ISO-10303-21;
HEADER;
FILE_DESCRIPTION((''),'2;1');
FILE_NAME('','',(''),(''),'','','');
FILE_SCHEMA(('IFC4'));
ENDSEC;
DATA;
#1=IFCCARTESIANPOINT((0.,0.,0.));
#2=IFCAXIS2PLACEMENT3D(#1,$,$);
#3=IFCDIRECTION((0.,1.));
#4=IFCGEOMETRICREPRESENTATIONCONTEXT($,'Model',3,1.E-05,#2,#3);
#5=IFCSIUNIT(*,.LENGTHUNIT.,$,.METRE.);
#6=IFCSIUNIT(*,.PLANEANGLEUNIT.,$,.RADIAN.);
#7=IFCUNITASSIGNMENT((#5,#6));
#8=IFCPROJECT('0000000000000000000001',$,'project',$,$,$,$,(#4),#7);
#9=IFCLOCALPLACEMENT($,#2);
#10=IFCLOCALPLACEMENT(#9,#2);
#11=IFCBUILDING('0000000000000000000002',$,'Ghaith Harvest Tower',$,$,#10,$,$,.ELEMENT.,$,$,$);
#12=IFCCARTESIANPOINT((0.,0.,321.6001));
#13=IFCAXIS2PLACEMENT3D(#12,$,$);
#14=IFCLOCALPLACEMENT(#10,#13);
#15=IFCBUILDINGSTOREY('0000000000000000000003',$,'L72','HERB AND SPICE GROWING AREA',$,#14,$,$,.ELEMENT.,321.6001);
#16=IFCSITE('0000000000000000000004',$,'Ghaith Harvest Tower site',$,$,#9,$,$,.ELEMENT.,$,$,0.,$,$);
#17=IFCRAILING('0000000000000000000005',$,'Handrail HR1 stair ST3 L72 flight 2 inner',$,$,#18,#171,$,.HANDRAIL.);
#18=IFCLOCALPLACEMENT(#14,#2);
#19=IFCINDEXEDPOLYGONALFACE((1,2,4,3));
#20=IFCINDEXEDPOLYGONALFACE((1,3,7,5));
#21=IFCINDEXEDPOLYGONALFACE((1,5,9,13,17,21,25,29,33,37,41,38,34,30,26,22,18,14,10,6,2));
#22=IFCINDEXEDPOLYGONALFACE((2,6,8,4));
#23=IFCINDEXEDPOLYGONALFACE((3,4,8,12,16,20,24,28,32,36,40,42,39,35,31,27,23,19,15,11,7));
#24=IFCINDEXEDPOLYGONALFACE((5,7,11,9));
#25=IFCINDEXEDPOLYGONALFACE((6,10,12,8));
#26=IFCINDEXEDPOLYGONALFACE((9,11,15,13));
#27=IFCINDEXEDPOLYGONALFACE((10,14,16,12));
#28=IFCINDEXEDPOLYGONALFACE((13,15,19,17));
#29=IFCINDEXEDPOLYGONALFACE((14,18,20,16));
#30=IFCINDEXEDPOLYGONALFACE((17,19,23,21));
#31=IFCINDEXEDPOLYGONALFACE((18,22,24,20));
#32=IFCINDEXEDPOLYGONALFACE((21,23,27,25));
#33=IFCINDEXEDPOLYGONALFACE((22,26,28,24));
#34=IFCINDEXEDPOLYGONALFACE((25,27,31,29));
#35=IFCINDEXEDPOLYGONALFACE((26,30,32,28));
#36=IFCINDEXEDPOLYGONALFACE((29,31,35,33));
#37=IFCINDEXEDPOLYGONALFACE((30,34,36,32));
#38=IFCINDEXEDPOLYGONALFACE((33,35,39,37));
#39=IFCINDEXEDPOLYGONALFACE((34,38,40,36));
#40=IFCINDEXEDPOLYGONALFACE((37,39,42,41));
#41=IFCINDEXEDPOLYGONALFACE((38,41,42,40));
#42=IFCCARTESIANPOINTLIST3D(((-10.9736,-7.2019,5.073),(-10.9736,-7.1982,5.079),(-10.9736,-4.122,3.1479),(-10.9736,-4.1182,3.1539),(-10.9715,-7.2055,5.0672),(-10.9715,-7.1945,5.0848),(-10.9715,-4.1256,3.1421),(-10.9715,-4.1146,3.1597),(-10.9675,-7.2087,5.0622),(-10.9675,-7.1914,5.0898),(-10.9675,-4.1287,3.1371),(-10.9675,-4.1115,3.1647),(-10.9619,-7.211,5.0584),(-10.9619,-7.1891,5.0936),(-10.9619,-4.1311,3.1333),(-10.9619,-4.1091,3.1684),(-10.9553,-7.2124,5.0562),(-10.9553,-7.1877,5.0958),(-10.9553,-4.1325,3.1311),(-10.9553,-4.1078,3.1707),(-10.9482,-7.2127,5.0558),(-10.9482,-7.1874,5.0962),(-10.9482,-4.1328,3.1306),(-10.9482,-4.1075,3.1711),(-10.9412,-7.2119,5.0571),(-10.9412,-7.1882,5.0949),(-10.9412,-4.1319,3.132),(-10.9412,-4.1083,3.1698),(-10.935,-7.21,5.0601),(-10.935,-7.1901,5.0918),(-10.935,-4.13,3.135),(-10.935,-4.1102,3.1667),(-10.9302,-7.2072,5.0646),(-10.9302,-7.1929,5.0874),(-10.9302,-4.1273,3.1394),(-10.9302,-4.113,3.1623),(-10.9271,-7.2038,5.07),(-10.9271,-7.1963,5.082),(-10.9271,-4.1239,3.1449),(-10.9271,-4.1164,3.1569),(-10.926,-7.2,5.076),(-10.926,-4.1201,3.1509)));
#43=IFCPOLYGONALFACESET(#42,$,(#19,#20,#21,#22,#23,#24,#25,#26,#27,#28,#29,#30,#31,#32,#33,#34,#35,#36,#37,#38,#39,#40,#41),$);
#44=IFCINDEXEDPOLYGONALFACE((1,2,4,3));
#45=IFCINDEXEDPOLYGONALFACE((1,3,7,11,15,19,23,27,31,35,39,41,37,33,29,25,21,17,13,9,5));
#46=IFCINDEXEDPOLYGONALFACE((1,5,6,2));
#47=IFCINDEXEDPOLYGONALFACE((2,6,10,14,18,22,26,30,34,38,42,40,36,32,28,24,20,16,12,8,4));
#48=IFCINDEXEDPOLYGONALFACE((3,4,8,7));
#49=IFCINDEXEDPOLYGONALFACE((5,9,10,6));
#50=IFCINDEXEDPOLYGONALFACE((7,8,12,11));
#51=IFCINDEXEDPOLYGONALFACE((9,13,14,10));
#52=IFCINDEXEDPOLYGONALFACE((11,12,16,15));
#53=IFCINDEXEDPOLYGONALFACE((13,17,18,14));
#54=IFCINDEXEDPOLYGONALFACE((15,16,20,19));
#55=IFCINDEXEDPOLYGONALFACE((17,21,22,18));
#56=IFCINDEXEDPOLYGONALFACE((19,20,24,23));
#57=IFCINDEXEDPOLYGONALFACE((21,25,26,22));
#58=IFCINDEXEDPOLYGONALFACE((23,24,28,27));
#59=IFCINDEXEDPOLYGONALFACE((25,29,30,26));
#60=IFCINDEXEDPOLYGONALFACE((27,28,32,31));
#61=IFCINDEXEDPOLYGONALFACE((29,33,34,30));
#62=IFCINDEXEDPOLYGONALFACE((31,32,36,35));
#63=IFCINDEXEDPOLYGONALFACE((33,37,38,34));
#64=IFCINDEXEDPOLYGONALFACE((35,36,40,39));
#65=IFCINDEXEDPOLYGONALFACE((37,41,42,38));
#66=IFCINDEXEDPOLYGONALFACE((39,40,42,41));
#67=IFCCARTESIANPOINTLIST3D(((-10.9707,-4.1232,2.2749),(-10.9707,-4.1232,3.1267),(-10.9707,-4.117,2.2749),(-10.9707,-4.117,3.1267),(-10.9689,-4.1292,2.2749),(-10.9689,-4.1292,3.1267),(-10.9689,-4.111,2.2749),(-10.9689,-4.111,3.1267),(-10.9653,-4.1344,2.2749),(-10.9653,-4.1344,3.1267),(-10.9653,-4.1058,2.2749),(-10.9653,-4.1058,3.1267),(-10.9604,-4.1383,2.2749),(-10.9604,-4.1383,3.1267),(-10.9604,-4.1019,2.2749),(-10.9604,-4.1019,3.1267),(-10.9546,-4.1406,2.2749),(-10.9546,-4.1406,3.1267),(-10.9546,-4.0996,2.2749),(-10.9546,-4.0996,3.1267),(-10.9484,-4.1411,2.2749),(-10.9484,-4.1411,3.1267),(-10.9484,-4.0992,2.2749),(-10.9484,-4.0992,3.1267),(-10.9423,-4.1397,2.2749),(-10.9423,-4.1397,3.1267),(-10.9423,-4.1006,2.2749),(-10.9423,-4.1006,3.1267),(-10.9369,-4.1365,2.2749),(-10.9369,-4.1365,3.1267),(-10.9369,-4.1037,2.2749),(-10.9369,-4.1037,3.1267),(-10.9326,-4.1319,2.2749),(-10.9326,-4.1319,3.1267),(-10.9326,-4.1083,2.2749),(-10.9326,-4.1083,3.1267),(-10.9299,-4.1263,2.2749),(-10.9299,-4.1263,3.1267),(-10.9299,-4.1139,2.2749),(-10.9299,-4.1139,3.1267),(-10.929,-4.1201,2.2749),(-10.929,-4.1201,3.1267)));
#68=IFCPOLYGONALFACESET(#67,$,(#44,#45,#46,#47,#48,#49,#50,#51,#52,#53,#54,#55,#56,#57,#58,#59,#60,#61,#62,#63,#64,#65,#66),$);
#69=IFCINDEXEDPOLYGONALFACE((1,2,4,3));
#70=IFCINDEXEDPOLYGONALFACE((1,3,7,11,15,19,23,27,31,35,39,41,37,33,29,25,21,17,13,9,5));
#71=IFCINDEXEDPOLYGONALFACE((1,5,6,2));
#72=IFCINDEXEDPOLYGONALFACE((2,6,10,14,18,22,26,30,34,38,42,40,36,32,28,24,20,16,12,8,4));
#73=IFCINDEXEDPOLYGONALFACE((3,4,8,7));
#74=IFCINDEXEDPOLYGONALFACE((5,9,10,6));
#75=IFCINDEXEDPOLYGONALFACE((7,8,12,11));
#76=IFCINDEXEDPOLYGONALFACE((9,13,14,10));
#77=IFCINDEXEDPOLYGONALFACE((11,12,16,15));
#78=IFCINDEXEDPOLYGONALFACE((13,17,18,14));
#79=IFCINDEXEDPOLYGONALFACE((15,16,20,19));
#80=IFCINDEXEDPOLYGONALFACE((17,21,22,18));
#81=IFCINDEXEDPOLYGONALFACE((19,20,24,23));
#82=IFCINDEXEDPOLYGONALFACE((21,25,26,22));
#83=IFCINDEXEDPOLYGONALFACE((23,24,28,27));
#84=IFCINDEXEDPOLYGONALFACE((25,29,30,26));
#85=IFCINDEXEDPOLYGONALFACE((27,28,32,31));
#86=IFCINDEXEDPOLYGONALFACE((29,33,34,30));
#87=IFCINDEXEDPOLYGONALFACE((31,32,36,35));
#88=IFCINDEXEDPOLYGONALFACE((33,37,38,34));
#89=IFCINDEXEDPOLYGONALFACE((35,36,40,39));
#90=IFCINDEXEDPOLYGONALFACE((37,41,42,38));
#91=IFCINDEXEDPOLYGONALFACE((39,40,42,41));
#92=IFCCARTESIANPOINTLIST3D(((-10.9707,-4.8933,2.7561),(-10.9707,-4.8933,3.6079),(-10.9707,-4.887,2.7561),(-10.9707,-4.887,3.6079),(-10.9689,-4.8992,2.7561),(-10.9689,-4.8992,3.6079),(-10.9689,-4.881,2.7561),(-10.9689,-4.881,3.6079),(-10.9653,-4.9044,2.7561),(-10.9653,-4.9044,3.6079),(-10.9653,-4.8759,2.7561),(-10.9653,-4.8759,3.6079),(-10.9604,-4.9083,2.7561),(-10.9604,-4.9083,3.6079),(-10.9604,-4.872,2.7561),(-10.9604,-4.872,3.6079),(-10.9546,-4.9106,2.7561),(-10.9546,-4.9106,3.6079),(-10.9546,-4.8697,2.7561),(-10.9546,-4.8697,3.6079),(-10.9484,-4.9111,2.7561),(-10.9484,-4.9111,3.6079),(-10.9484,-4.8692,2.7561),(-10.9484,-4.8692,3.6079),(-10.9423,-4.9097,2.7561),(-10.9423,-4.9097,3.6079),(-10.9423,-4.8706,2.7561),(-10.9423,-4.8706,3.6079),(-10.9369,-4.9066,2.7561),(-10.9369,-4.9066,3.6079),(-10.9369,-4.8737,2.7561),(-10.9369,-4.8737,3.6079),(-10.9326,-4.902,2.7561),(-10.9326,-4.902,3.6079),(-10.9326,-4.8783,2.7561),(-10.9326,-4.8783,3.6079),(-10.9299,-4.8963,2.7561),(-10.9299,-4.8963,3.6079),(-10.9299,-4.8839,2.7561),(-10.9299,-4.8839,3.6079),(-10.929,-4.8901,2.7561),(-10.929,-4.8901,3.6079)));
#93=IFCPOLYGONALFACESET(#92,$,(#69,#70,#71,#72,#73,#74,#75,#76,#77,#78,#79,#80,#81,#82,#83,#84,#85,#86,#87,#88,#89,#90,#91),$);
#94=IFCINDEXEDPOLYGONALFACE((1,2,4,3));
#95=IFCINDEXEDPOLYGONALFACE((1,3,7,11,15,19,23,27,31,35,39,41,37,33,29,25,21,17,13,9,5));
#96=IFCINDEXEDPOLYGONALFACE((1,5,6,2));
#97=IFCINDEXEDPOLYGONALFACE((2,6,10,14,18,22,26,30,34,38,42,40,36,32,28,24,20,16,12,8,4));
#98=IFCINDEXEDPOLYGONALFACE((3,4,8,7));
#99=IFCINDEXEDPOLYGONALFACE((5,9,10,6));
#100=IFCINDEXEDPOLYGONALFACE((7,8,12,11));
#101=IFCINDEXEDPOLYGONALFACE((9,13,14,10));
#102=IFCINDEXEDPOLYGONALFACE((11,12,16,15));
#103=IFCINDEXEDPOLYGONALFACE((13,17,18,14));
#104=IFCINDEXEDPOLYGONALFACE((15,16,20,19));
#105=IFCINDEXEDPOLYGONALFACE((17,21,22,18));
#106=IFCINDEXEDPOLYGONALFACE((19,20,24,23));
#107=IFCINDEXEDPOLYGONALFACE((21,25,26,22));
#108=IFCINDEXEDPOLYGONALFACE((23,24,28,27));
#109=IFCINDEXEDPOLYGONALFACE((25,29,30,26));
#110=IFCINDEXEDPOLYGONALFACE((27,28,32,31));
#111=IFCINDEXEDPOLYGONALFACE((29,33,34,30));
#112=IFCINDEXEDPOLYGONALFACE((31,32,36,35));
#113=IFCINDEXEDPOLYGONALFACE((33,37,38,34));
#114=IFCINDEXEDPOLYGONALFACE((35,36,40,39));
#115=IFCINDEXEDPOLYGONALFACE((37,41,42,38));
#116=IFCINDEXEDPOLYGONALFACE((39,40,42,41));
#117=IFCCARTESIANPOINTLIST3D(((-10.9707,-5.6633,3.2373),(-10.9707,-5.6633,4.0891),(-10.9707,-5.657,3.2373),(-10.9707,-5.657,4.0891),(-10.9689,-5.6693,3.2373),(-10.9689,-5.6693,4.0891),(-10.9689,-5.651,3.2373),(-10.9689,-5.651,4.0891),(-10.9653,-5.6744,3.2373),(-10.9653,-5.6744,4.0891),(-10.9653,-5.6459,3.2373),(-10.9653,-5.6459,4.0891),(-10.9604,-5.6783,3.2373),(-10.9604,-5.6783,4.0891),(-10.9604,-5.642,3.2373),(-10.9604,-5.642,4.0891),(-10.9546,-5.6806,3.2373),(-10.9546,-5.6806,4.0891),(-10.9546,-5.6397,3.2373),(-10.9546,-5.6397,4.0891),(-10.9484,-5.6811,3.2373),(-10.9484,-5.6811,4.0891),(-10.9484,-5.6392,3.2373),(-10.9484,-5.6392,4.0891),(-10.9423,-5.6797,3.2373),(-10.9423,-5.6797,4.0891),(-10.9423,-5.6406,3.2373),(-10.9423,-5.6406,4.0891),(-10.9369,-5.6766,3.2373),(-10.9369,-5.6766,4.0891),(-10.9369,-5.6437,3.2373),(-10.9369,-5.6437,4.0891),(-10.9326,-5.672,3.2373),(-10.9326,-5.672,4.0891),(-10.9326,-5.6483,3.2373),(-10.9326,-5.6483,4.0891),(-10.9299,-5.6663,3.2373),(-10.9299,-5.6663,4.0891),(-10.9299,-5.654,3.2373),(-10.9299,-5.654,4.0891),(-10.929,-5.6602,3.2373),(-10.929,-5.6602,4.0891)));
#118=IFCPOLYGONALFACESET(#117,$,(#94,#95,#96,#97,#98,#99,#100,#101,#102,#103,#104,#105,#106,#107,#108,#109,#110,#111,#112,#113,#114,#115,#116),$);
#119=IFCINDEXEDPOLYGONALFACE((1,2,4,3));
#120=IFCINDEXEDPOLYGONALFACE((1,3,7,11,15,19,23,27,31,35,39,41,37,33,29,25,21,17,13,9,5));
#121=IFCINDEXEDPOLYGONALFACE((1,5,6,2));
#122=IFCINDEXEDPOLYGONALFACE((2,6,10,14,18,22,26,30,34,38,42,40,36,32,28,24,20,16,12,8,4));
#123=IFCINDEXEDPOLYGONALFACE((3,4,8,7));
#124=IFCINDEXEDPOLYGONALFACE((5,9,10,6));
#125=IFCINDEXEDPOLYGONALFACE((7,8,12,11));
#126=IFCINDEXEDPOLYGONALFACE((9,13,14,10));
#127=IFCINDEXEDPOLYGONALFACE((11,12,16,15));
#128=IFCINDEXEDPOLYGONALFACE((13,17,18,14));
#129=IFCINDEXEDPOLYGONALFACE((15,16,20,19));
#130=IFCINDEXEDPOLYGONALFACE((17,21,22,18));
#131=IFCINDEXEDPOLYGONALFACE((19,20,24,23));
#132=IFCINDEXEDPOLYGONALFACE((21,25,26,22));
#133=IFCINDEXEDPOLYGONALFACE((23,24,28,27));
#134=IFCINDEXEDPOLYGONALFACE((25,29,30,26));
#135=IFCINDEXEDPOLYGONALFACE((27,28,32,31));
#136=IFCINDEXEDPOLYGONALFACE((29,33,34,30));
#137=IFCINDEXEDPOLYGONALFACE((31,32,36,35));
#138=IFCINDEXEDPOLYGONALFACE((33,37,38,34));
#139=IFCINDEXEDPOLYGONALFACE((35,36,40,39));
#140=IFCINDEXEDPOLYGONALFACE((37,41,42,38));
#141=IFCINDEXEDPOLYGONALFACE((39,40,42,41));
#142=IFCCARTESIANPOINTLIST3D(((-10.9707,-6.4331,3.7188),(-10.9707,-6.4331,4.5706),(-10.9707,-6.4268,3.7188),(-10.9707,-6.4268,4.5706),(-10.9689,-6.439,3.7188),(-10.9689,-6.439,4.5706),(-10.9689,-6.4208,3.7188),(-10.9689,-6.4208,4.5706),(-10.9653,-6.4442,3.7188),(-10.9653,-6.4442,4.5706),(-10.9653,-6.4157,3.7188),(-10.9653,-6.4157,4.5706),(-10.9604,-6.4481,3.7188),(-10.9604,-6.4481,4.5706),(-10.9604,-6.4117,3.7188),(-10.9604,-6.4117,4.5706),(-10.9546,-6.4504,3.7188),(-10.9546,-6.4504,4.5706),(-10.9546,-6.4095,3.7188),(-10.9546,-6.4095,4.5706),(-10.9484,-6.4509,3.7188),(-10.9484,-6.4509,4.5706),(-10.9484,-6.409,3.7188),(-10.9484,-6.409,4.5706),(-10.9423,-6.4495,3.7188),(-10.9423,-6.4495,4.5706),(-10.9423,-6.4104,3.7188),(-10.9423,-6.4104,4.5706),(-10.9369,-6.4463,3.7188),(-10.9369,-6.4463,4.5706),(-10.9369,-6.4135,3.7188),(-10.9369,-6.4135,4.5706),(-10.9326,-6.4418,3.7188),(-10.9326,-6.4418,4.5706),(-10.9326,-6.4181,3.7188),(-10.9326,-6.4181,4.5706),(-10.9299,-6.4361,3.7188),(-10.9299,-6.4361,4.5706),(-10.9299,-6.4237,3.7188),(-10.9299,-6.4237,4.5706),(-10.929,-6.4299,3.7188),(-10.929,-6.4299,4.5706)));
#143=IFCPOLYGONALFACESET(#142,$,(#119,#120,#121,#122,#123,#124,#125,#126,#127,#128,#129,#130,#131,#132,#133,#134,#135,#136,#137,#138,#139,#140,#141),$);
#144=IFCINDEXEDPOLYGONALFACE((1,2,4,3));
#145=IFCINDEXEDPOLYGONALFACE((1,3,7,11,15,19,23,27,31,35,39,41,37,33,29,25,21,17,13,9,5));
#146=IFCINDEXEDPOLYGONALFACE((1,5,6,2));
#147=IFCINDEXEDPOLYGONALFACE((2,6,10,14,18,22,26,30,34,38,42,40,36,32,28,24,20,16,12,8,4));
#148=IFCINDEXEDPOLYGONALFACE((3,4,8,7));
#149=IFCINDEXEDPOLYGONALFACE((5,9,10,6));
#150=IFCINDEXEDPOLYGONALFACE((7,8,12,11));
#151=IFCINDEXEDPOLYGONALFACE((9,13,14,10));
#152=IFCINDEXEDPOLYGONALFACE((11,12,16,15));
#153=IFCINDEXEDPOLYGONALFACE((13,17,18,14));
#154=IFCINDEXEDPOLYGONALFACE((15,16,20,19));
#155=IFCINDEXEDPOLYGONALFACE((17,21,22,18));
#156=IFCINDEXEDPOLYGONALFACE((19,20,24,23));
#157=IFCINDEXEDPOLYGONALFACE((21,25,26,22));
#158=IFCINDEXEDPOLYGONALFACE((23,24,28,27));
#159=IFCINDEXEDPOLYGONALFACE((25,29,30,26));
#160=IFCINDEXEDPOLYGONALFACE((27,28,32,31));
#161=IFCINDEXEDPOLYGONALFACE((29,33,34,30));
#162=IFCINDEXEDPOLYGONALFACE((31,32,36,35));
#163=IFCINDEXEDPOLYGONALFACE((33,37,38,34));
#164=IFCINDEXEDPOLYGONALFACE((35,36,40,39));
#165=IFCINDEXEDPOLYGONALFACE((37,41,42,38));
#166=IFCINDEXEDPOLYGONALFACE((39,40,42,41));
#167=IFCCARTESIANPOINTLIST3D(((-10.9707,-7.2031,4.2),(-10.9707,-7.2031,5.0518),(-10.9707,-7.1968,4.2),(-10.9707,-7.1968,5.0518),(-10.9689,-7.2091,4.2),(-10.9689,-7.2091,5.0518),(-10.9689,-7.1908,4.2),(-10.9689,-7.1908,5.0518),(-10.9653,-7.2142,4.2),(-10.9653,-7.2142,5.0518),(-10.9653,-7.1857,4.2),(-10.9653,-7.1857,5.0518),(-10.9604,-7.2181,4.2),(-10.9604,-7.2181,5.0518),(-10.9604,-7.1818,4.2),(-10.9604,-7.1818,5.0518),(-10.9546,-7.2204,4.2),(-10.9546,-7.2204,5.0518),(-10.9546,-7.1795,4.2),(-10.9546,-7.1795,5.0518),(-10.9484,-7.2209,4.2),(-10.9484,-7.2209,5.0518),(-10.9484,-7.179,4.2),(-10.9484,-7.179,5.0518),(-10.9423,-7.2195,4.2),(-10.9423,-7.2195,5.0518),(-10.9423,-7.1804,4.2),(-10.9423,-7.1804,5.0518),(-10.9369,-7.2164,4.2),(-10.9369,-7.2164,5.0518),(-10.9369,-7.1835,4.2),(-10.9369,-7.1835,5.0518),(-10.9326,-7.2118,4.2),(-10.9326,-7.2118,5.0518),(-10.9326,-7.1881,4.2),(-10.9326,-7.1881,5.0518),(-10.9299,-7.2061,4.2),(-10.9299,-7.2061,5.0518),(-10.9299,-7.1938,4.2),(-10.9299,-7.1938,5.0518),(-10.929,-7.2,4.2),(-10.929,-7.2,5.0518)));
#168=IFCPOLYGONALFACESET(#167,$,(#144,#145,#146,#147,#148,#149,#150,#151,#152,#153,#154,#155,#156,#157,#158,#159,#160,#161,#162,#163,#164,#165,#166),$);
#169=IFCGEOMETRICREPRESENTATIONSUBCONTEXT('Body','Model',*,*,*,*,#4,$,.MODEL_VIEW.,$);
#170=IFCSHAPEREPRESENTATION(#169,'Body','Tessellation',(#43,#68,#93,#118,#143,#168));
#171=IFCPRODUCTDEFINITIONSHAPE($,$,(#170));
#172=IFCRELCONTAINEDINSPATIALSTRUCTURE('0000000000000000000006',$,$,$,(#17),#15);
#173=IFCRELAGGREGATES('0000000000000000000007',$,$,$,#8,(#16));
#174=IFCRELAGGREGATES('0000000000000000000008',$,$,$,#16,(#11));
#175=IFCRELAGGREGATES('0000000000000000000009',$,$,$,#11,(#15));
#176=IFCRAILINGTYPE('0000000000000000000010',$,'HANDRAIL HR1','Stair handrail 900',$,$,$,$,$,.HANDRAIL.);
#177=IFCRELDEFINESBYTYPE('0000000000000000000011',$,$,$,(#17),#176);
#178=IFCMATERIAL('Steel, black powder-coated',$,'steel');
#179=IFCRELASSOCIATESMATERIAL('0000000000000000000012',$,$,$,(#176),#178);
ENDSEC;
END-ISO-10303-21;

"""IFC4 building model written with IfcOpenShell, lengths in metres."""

from ifc_helpers import new_model, si_unit, direction, frame, origin, origin_2d, place, context, subcontext, project, spatial, circle, extrude, material, type_object, element, save


model = new_model("IFC4")

# Units and contexts
model_context = context("Model", 3, precision=1e-05, world=origin(), true_north=direction((0.0, 1.0)))
body_context = subcontext(model_context, "Body", "Model", "MODEL_VIEW")
ifc_project = project(units=[si_unit("LENGTHUNIT", "METRE"), si_unit("PLANEANGLEUNIT", "RADIAN")], contexts=[model_context])

# Site, building, storey
site_placement = place(None, origin())
site = spatial("IfcSite", under=ifc_project, at=site_placement, Name="Ghaith Harvest Tower site", CompositionType="ELEMENT", RefElevation=0.0)
building_placement = place(site_placement, origin())
building = spatial("IfcBuilding", under=site, at=building_placement, Name="Ghaith Harvest Tower", CompositionType="ELEMENT")
storey_placement = place(building_placement, frame((0.0, 0.0, 321.6001)))
storey = spatial("IfcBuildingStorey", under=building, at=storey_placement, Name="L72", Description="HERB AND SPICE GROWING AREA", CompositionType="ELEMENT", Elevation=321.6001)

# Railing
ifc_material_1 = material(Name="Steel, black powder-coated", Category="steel")
railing_type = type_object("IfcRailingType", Name="HANDRAIL HR1", Description="Stair handrail 900", PredefinedType="HANDRAIL", material=ifc_material_1)
railing_1_placement = place(storey_placement, frame((-10.95, -4.1201, 2.2749)))
element("IfcRailing", 1, at=railing_1_placement, inside=storey, type_object=railing_type, Name="Handrail HR1 stair ST3 L72 flight 2 inner", PredefinedType="HANDRAIL", context=body_context, shape_type="SweptSolid", body=[
    extrude(circle(Radius=0.0239, at=origin_2d()), frame((0.0, 0.0, 0.876), z_axis=(0.0, -0.847979, 0.530029), x_axis=(1.0, 0.0, 0.0)), (0.0, 0.0, 1.0), 3.6321),
    extrude(circle(Radius=0.021, at=origin_2d()), origin(), (0.0, 0.0, 1.0), 0.8518),
    extrude(circle(Radius=0.021, at=origin_2d()), frame((0.0, -0.77, 0.4812)), (0.0, 0.0, 1.0), 0.8518),
    extrude(circle(Radius=0.021, at=origin_2d()), frame((0.0, -1.54, 0.9624)), (0.0, 0.0, 1.0), 0.8518),
    extrude(circle(Radius=0.021, at=origin_2d()), frame((0.0, -2.3098, 1.4438)), (0.0, 0.0, 1.0), 0.8518),
    extrude(circle(Radius=0.021, at=origin_2d()), frame((0.0, -3.0798, 1.925)), (0.0, 0.0, 1.0), 0.8518),
])

save(model, "model.ifc")
